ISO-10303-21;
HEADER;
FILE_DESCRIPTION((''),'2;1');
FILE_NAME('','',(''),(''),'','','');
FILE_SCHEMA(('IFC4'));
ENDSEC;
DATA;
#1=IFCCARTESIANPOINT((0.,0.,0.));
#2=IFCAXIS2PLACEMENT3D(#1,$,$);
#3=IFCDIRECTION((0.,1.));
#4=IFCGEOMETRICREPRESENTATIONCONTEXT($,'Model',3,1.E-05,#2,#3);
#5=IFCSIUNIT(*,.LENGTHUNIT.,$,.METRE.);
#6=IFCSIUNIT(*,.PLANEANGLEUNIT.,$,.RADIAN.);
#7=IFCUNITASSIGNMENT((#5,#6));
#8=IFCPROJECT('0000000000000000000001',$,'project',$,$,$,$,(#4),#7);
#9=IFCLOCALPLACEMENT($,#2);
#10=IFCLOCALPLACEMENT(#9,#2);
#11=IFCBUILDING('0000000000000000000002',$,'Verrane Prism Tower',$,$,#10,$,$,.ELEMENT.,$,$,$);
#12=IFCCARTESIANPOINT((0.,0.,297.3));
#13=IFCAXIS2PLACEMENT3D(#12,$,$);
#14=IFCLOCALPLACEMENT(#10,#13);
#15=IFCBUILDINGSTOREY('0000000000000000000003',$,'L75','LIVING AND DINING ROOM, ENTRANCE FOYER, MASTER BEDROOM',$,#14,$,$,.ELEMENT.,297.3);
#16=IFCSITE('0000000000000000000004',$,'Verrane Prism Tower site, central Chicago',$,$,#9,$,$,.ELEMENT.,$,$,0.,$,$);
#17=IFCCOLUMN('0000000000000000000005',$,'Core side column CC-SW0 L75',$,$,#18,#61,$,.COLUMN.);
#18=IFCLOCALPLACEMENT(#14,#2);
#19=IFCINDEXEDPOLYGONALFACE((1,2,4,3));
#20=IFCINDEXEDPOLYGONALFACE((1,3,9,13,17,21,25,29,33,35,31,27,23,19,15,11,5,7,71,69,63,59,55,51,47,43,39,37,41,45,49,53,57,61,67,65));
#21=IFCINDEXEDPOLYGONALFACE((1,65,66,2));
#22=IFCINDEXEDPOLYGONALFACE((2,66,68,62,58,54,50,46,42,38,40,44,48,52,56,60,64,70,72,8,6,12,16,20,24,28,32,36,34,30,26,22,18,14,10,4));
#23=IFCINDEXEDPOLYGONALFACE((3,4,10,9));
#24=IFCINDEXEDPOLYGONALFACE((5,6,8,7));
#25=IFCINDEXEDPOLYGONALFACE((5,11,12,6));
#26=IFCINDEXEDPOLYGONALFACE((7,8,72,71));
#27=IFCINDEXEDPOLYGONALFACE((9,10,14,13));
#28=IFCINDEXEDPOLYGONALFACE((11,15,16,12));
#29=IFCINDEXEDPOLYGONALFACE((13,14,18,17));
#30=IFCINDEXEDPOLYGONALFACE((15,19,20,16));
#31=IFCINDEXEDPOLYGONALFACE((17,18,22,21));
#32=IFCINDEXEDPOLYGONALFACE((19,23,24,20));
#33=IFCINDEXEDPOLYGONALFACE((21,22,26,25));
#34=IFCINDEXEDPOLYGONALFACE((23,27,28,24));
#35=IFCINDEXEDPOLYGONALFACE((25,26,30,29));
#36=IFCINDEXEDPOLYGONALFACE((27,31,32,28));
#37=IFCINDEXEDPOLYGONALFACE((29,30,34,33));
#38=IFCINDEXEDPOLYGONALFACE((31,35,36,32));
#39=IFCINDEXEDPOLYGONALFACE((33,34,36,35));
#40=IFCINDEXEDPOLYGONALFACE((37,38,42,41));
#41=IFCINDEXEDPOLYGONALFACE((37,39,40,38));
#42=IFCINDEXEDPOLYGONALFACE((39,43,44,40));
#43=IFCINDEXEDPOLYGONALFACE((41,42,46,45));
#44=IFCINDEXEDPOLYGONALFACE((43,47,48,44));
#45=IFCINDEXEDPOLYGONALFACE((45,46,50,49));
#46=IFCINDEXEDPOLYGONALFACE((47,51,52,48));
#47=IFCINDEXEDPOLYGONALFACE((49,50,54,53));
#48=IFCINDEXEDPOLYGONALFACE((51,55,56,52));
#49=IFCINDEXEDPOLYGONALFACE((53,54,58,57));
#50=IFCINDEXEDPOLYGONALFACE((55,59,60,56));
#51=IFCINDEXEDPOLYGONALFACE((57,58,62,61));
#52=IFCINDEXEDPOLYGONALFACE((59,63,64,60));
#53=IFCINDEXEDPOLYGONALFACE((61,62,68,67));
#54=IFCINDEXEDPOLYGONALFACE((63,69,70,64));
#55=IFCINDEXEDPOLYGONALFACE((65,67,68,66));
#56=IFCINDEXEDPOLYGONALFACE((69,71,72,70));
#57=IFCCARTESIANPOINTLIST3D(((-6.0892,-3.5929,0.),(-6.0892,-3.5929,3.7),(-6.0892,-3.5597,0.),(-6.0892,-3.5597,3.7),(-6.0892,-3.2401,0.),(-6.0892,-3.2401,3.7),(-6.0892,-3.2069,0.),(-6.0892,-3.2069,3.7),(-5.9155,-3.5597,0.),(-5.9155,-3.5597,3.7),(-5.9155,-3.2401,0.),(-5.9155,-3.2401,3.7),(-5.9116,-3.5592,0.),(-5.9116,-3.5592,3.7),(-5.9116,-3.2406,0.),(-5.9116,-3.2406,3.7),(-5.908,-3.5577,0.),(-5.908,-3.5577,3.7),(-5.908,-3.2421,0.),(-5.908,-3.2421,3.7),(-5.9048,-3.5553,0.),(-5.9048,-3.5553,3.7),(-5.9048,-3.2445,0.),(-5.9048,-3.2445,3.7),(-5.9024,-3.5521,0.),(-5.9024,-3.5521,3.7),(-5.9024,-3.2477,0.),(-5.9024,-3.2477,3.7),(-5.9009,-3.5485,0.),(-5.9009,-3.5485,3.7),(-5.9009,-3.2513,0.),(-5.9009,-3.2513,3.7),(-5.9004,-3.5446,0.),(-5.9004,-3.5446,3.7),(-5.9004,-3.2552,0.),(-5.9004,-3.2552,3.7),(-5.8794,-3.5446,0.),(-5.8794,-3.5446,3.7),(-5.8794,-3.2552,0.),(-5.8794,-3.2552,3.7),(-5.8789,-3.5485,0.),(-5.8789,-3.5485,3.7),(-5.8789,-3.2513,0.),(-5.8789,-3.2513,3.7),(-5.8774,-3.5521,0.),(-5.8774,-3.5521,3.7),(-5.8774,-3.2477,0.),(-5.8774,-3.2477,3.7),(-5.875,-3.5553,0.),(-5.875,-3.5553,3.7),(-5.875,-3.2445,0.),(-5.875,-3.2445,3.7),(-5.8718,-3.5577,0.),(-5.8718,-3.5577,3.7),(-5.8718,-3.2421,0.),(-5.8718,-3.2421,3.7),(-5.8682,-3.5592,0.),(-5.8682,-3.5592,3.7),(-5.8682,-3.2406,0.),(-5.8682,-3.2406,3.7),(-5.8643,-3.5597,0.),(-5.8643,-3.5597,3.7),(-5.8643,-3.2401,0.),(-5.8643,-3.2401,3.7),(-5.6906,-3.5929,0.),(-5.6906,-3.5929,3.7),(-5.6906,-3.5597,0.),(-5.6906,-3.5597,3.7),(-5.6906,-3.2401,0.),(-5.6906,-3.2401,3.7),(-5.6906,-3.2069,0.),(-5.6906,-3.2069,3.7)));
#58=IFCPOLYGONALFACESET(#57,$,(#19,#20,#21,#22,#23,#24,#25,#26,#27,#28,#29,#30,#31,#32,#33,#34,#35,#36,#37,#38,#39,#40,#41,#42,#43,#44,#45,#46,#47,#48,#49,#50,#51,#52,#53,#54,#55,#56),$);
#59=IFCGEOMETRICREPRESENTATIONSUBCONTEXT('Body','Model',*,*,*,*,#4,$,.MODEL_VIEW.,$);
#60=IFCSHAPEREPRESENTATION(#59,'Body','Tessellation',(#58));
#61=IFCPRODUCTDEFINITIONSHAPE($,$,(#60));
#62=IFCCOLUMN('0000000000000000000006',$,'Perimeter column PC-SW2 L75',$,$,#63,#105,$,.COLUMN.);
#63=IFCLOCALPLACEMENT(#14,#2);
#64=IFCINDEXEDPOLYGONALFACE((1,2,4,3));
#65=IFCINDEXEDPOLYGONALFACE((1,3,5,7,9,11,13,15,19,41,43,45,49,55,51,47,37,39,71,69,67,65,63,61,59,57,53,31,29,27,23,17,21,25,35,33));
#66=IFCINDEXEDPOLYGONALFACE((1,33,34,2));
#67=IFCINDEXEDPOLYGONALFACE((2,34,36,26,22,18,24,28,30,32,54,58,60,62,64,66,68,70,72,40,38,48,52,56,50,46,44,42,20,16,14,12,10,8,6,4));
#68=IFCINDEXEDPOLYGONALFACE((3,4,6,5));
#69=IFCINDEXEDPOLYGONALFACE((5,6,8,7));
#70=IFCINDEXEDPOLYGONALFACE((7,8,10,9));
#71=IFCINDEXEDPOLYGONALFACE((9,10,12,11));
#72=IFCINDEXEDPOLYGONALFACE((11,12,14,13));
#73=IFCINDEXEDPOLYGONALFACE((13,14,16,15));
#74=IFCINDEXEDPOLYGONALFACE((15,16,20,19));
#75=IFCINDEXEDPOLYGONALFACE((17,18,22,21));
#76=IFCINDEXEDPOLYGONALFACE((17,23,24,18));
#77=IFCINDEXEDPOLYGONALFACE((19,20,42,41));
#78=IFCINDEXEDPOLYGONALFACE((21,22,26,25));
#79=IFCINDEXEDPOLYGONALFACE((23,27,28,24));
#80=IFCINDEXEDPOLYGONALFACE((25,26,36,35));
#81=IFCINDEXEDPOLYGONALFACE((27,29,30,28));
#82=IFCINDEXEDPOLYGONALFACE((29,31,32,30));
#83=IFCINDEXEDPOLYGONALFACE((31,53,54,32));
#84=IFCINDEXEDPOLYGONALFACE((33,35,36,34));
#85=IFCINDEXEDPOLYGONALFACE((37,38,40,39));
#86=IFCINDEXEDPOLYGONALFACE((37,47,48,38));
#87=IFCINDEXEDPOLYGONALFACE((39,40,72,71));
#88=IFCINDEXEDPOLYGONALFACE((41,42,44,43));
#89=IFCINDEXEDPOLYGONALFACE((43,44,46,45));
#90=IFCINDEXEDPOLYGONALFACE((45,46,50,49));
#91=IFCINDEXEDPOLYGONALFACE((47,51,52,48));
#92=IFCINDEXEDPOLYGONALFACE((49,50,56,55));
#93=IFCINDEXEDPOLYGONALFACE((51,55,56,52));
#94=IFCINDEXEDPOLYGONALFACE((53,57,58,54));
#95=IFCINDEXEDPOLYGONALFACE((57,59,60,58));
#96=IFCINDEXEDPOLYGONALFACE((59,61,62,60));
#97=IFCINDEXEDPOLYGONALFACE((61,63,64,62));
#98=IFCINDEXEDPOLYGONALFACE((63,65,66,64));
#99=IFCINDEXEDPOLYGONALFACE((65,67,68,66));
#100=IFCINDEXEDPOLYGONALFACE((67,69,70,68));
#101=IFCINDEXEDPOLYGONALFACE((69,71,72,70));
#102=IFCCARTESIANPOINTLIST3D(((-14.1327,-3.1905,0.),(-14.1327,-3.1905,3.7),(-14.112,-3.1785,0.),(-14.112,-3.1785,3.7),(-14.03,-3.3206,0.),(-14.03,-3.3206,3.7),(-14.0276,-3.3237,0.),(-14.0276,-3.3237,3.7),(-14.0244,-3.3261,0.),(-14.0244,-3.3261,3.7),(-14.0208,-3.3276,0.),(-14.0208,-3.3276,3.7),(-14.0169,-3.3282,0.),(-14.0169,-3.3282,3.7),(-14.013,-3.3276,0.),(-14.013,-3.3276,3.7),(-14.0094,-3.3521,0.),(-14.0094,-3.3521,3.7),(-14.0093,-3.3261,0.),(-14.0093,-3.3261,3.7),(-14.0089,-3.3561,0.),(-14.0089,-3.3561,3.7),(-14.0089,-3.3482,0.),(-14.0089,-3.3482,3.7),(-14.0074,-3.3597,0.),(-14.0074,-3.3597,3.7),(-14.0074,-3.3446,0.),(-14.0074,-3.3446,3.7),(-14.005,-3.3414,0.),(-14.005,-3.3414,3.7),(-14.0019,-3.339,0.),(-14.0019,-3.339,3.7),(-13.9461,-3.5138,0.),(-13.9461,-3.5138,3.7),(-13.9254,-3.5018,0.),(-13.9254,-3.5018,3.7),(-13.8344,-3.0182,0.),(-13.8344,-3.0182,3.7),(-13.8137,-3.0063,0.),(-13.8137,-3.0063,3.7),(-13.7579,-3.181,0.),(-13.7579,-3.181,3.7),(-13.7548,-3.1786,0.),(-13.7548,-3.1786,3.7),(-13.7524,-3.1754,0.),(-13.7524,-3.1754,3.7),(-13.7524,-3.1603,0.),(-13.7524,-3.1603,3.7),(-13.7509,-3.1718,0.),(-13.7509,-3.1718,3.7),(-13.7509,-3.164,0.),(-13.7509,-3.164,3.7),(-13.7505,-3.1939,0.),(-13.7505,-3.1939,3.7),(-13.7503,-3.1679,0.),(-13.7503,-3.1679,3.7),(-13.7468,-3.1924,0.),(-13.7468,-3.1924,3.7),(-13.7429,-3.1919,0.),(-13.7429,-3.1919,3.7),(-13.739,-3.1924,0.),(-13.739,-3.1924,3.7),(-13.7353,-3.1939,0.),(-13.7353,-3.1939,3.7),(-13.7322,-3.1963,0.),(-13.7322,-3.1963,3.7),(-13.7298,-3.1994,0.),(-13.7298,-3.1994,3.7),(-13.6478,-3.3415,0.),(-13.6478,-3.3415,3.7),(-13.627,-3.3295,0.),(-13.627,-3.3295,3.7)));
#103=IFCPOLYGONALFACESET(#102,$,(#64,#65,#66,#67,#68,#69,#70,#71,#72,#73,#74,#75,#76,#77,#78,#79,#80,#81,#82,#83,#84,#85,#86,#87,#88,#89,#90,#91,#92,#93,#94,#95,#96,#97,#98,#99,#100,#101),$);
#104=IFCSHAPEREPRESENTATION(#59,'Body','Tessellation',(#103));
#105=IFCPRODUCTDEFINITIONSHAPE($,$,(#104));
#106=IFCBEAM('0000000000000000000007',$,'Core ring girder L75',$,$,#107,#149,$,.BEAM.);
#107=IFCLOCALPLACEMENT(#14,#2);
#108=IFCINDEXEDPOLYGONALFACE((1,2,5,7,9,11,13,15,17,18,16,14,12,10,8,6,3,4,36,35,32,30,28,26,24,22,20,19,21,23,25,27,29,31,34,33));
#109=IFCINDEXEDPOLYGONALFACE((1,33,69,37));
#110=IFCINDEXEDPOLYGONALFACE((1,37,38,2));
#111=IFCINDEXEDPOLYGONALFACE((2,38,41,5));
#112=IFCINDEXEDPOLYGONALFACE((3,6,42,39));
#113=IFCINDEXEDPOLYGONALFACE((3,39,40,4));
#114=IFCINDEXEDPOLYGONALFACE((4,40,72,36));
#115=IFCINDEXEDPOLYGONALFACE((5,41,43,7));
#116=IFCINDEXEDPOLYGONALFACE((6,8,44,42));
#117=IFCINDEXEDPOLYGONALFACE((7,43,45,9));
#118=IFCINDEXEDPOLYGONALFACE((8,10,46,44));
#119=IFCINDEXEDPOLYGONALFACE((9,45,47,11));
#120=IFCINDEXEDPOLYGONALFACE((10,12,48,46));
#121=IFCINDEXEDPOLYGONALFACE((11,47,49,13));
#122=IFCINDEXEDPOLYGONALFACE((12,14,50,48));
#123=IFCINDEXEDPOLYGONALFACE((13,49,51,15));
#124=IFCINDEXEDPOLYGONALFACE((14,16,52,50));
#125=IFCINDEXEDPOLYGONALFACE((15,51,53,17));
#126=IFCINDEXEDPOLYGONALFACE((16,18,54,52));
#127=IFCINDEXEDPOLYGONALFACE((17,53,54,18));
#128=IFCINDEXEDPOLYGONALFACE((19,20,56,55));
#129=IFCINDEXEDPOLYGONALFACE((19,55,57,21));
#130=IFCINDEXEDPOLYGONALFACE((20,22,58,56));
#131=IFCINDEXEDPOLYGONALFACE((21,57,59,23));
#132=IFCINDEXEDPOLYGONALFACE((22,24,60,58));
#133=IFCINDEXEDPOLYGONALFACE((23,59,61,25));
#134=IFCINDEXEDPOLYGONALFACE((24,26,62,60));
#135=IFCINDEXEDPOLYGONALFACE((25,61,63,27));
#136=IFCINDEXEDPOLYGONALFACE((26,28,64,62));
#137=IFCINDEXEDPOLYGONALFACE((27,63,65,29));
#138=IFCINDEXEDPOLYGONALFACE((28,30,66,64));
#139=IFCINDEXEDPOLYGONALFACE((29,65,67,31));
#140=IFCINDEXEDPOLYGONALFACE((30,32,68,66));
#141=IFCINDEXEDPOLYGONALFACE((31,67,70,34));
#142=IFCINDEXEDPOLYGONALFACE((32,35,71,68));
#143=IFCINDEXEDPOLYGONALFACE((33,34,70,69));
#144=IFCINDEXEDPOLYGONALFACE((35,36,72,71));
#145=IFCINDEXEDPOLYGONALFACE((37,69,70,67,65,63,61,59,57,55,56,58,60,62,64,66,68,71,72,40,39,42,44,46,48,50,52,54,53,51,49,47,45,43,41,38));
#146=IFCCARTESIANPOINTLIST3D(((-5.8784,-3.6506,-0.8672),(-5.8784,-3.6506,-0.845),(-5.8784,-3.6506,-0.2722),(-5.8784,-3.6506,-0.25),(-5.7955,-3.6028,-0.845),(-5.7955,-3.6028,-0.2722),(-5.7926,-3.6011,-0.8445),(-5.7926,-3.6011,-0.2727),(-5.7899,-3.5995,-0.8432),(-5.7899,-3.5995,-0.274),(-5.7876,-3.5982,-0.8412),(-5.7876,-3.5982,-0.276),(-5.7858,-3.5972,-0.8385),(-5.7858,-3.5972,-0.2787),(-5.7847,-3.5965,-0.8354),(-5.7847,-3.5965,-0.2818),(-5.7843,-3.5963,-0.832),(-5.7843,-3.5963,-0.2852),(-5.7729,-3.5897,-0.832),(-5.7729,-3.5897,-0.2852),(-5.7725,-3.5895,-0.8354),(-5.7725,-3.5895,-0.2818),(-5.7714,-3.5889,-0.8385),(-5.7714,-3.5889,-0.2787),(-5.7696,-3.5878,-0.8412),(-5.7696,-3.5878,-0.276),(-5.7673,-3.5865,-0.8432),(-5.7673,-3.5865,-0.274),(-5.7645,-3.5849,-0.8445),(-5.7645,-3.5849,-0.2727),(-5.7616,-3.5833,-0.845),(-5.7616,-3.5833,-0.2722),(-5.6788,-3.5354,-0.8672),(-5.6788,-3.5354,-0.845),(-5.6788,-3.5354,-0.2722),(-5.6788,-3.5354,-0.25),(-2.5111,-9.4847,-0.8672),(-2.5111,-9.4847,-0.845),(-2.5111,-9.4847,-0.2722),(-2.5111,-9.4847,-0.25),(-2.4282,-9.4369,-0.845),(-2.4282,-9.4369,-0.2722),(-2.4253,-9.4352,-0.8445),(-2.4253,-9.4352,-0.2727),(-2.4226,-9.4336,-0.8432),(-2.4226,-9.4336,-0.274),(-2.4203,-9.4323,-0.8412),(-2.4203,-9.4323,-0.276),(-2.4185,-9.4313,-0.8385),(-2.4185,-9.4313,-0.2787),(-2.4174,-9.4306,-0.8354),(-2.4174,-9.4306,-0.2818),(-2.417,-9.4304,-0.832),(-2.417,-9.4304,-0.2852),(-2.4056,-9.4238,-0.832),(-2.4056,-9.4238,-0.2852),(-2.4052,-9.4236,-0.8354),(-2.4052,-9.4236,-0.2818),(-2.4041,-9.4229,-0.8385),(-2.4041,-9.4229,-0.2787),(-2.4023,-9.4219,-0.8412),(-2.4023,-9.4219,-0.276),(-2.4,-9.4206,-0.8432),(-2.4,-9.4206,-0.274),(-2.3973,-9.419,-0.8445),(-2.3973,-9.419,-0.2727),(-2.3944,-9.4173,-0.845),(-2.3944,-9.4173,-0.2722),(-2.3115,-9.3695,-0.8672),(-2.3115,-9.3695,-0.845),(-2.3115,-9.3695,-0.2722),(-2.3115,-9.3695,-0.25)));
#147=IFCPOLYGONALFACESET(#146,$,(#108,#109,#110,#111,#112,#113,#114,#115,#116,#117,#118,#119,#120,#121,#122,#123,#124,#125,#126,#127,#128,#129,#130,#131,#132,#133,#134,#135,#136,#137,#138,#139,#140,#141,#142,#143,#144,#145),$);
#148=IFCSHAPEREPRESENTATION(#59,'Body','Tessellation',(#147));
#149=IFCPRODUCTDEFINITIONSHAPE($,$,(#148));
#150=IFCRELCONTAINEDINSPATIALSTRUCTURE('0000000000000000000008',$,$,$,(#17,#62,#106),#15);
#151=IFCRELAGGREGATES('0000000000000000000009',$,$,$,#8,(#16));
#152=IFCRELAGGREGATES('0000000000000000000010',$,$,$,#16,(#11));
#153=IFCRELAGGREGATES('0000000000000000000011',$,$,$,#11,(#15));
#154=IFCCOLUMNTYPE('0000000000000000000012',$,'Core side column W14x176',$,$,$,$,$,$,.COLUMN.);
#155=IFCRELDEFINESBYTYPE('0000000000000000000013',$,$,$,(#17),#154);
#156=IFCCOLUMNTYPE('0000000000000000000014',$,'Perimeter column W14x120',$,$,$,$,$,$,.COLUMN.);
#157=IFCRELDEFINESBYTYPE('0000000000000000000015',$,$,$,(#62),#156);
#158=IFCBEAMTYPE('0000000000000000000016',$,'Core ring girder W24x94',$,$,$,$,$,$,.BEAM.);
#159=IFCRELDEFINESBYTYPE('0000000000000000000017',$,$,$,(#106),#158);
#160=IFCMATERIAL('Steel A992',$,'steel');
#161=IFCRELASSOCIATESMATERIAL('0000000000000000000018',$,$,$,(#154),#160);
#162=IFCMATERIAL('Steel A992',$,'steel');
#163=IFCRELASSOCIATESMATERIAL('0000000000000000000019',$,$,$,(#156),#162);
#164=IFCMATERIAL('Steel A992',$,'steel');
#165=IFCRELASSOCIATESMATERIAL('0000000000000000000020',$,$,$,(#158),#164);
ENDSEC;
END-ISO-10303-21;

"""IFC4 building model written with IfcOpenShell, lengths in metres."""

from ifc_helpers import new_model, si_unit, direction, frame, origin, origin_2d, place, context, subcontext, project, spatial, i_section, extrude, material, material_profile, profile_set, type_object, element, save


model = new_model("IFC4")

# Units and contexts
model_context = context("Model", 3, precision=1e-05, world=origin(), true_north=direction((0.0, 1.0)))
body_context = subcontext(model_context, "Body", "Model", "MODEL_VIEW")
ifc_project = project(units=[si_unit("LENGTHUNIT", "METRE"), si_unit("PLANEANGLEUNIT", "RADIAN")], contexts=[model_context])

# Site, building, storey
site_placement = place(None, origin())
site = spatial("IfcSite", under=ifc_project, at=site_placement, Name="Verrane Prism Tower site, central Chicago", CompositionType="ELEMENT", RefElevation=0.0)
building_placement = place(site_placement, origin())
building = spatial("IfcBuilding", under=site, at=building_placement, Name="Verrane Prism Tower", CompositionType="ELEMENT")
storey_placement = place(building_placement, frame((0.0, 0.0, 297.3)))
storey = spatial("IfcBuildingStorey", under=building, at=storey_placement, Name="L75", Description="LIVING AND DINING ROOM, ENTRANCE FOYER, MASTER BEDROOM", CompositionType="ELEMENT", Elevation=297.3)

# Columns
ifc_material_1 = material(Name="Steel A992", Category="steel")
ifc_material_profile_1 = material_profile(ifc_material_1, i_section(OverallWidth=0.3987, OverallDepth=0.386, WebThickness=0.021, FlangeThickness=0.0332, FilletRadius=0.0151, at=origin_2d()), Name="W14x176")
ifc_profile_set_1 = profile_set([ifc_material_profile_1], Name="Steel A992")
column_type_1 = type_object("IfcColumnType", Name="Core side column W14x176", PredefinedType="COLUMN", material=ifc_profile_set_1)
column_1_placement = place(storey_placement, frame((-5.8899, -3.3999, 0.0), z_axis=(0.0, 0.0, 1.0), x_axis=(1.0, 0.0, 0.0)))
element("IfcColumn", 1, at=column_1_placement, inside=storey, type_object=column_type_1, Name="Core side column CC-SW0 L75", PredefinedType="COLUMN", context=body_context, shape_type="SweptSolid", body=[
    extrude(i_section(OverallWidth=0.3987, OverallDepth=0.386, WebThickness=0.021, FlangeThickness=0.0332, FilletRadius=0.0151, at=origin_2d()), origin(), (0.0, 0.0, 1.0), 3.7),
])
ifc_material_2 = material(Name="Steel A992", Category="steel")
ifc_material_profile_2 = material_profile(ifc_material_2, i_section(OverallWidth=0.3733, OverallDepth=0.3684, WebThickness=0.0149, FlangeThickness=0.0239, FilletRadius=0.0151, at=origin_2d()), Name="W14x120")
ifc_profile_set_2 = profile_set([ifc_material_profile_2], Name="Steel A992")
column_type_2 = type_object("IfcColumnType", Name="Perimeter column W14x120", PredefinedType="COLUMN", material=ifc_profile_set_2)
column_2_placement = place(storey_placement, frame((-13.8799, -3.26, 0.0), z_axis=(0.0, 0.0, 1.0), x_axis=(-0.5, 0.866025, 0.0)))
element("IfcColumn", 2, at=column_2_placement, inside=storey, type_object=column_type_2, Name="Perimeter column PC-SW2 L75", PredefinedType="COLUMN", context=body_context, shape_type="SweptSolid", body=[
    extrude(i_section(OverallWidth=0.3733, OverallDepth=0.3684, WebThickness=0.0149, FlangeThickness=0.0239, FilletRadius=0.0151, at=origin_2d()), origin(), (0.0, 0.0, 1.0), 3.7),
])

# Beam
ifc_material_3 = material(Name="Steel A992", Category="steel")
ifc_material_profile_3 = material_profile(ifc_material_3, i_section(OverallWidth=0.2305, OverallDepth=0.6172, WebThickness=0.0132, FlangeThickness=0.0222, FilletRadius=0.0129, at=origin_2d()), Name="W24x94")
ifc_profile_set_3 = profile_set([ifc_material_profile_3], Name="Steel A992")
beam_type_1 = type_object("IfcBeamType", Name="Core ring girder W24x94", PredefinedType="BEAM", material=ifc_profile_set_3)
beam_1_placement = place(storey_placement, frame((-5.7786, -3.593, -0.5586), z_axis=(0.499881, -0.866094, 0.0), x_axis=(0.866094, 0.499881, 0.0)))
element("IfcBeam", 3, at=beam_1_placement, inside=storey, type_object=beam_type_1, Name="Core ring girder L75", PredefinedType="BEAM", context=body_context, shape_type="SweptSolid", body=[
    extrude(i_section(OverallWidth=0.2305, OverallDepth=0.6172, WebThickness=0.0132, FlangeThickness=0.0222, FilletRadius=0.0129, at=origin_2d()), origin(), (0.0, 0.0, 1.0), 6.7361),
])

save(model, "model.ifc")
